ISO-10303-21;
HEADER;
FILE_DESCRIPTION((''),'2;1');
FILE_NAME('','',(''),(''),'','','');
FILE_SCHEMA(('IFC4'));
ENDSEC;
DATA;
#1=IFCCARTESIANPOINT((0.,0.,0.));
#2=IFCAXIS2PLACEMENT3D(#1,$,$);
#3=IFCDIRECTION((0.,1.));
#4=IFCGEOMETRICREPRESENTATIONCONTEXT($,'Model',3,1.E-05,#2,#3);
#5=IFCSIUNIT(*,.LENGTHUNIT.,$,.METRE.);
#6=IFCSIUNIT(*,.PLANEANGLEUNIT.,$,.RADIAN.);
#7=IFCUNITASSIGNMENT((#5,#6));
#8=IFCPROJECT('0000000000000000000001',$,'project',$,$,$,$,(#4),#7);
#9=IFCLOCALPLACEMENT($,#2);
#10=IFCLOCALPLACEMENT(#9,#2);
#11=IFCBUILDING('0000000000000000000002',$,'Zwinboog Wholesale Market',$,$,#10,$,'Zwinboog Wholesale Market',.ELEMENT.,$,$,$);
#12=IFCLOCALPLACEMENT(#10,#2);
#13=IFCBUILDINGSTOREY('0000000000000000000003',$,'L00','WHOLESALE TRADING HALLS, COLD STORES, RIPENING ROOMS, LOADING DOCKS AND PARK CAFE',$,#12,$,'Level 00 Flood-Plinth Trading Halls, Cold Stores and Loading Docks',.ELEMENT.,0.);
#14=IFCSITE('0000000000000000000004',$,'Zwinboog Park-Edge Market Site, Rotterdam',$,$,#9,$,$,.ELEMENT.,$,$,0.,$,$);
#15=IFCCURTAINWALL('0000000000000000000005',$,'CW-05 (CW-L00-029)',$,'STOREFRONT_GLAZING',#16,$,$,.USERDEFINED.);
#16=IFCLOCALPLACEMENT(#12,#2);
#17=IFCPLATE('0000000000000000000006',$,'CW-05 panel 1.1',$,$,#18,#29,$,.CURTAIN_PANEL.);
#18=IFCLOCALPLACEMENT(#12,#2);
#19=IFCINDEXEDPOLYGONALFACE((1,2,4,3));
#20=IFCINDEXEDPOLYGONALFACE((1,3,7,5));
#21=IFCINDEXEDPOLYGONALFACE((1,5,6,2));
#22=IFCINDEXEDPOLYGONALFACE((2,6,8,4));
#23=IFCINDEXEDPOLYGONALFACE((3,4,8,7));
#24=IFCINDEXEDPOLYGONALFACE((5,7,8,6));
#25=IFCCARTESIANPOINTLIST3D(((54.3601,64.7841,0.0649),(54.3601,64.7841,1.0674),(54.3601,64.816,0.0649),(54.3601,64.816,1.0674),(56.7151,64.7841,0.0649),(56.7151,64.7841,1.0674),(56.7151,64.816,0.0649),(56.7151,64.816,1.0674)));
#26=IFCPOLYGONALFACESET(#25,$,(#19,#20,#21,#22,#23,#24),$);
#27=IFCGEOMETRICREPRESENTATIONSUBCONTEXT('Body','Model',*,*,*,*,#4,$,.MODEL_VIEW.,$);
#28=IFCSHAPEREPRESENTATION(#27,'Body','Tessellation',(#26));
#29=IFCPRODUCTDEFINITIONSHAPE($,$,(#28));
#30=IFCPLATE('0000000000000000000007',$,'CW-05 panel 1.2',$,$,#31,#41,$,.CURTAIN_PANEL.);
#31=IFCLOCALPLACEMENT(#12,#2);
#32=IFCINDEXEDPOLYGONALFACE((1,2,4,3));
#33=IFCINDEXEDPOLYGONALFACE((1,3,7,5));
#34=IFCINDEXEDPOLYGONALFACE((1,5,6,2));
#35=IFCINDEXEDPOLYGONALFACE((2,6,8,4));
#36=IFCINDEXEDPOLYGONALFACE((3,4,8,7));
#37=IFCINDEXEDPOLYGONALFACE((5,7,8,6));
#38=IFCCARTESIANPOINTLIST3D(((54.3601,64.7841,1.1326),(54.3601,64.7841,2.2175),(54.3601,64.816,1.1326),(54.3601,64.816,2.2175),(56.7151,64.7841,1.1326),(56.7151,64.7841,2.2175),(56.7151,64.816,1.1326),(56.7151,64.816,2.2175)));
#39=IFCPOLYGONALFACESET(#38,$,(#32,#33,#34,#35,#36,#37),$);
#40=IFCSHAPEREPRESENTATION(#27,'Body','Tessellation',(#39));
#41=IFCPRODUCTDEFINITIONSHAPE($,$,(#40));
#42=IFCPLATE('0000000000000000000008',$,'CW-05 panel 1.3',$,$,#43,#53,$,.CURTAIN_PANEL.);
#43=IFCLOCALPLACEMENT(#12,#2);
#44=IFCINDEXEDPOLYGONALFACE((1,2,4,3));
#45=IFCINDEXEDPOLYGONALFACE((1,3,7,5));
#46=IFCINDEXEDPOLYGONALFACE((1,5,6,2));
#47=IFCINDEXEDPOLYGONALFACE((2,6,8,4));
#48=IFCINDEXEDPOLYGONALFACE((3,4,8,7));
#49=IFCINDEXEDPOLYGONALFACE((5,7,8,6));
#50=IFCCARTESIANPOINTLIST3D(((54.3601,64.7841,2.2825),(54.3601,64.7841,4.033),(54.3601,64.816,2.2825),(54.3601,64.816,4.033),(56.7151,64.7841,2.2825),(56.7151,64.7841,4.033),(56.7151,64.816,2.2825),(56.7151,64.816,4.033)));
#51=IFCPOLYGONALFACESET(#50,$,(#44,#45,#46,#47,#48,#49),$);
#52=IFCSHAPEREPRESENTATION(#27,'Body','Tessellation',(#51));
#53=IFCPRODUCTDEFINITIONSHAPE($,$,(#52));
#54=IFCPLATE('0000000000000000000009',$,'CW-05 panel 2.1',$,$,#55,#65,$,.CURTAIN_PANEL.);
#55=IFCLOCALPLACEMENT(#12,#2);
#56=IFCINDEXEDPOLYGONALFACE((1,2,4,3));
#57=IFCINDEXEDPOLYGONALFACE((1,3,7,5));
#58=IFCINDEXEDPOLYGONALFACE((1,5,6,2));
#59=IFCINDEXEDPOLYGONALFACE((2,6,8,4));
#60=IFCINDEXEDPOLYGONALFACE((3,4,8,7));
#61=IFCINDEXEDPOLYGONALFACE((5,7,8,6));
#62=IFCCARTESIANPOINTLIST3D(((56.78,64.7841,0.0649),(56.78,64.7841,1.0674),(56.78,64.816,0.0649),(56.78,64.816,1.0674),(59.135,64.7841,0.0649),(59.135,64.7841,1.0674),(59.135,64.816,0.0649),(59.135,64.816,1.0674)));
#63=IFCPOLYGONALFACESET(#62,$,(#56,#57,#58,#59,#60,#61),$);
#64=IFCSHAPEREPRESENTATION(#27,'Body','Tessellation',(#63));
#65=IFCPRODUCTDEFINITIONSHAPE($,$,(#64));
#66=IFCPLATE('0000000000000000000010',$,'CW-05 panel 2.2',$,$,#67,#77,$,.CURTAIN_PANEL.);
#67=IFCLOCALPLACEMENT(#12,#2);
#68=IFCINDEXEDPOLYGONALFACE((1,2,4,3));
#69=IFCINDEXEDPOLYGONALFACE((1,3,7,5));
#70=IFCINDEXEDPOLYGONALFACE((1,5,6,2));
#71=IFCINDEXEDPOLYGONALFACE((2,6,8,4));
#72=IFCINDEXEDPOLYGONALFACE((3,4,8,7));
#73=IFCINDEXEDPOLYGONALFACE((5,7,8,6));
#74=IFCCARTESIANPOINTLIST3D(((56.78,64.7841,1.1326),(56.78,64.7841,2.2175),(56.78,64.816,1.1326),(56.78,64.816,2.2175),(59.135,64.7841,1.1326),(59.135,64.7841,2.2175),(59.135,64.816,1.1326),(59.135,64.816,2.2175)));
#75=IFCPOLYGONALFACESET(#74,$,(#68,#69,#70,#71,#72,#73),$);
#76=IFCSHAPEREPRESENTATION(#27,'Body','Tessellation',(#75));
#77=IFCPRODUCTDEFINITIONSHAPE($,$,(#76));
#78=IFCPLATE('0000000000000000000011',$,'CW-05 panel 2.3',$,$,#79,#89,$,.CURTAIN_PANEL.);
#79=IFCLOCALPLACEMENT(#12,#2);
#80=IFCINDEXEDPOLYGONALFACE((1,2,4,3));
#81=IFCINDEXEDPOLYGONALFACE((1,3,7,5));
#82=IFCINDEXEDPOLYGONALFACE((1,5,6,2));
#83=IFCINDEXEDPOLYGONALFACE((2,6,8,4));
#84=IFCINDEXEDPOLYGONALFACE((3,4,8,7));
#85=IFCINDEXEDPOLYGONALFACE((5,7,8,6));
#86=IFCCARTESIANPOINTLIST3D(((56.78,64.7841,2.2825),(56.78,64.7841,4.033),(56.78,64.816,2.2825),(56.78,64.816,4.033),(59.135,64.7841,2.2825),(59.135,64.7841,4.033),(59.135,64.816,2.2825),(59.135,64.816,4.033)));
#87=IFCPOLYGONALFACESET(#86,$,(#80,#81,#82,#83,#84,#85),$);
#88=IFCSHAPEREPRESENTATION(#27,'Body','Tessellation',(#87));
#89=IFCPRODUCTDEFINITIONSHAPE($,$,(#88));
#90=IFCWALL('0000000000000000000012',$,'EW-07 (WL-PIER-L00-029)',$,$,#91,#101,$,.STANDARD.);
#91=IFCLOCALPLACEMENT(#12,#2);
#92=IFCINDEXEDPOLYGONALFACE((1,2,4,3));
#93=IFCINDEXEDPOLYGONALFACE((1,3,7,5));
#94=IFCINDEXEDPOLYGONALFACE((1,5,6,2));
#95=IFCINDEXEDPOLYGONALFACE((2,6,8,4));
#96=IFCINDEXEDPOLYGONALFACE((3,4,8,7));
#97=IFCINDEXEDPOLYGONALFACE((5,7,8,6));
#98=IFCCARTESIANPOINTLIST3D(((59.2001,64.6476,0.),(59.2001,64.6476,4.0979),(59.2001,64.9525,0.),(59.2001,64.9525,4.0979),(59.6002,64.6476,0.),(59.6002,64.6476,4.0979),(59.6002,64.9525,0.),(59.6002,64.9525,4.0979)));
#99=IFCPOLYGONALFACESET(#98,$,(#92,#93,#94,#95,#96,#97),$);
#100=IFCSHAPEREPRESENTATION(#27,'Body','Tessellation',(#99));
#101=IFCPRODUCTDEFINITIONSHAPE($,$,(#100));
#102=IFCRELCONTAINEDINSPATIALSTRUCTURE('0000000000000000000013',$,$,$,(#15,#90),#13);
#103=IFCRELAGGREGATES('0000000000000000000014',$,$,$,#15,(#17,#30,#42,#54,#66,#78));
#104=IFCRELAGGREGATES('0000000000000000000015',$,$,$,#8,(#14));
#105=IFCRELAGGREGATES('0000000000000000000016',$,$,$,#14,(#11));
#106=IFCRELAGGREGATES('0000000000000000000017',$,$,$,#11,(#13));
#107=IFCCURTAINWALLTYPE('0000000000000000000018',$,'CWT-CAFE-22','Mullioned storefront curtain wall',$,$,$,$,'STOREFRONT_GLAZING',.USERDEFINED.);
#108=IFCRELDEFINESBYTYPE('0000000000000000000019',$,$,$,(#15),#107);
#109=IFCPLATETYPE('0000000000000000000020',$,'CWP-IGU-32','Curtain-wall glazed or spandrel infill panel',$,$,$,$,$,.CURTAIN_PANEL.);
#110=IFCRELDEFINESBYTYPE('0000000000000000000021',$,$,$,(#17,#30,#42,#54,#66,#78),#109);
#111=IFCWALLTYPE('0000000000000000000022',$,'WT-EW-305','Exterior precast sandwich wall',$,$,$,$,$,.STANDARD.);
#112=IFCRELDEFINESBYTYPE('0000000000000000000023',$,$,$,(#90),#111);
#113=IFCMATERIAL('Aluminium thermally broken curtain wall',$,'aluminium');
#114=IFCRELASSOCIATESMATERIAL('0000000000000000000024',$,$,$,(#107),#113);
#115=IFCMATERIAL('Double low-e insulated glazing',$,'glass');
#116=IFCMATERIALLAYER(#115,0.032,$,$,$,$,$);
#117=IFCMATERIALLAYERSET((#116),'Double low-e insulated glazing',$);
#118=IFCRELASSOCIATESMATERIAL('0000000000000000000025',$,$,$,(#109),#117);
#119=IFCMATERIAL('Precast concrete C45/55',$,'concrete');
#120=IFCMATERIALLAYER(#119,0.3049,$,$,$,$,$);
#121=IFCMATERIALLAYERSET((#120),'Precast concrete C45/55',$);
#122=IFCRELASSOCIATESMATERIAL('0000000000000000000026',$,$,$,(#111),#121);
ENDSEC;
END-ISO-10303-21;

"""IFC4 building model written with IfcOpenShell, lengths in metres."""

from ifc_helpers import new_model, si_unit, direction, frame, frame_2d, origin, origin_2d, place, context, subcontext, project, spatial, rectangle, extrude, material, layer, layer_set, type_object, element, aggregate, save


model = new_model("IFC4")

# Units and contexts
model_context = context("Model", 3, precision=1e-05, world=origin(), true_north=direction((0.0, 1.0)))
body_context = subcontext(model_context, "Body", "Model", "MODEL_VIEW")
ifc_project = project(units=[si_unit("LENGTHUNIT", "METRE"), si_unit("PLANEANGLEUNIT", "RADIAN")], contexts=[model_context])

# Site, building, storey
site_placement = place(None, origin())
site = spatial("IfcSite", under=ifc_project, at=site_placement, Name="Zwinboog Park-Edge Market Site, Rotterdam", CompositionType="ELEMENT", RefElevation=0.0)
building_placement = place(site_placement, origin())
building = spatial("IfcBuilding", under=site, at=building_placement, Name="Zwinboog Wholesale Market", LongName="Zwinboog Wholesale Market", CompositionType="ELEMENT")
storey_placement = place(building_placement, origin())
storey = spatial("IfcBuildingStorey", under=building, at=storey_placement, Name="L00", Description="WHOLESALE TRADING HALLS, COLD STORES, RIPENING ROOMS, LOADING DOCKS AND PARK CAFE", LongName="Level 00 Flood-Plinth Trading Halls, Cold Stores and Loading Docks", CompositionType="ELEMENT", Elevation=0.0)

# Curtain wall
ifc_material_1 = material(Name="Aluminium thermally broken curtain wall", Category="aluminium")
curtain_wall_type_1 = type_object("IfcCurtainWallType", Name="CWT-CAFE-22", Description="Mullioned storefront curtain wall", ElementType="STOREFRONT_GLAZING", PredefinedType="USERDEFINED", material=ifc_material_1)
curtain_wall_1_placement = place(storey_placement, origin())
curtain_wall_1 = element("IfcCurtainWall", 1, at=curtain_wall_1_placement, inside=storey, type_object=curtain_wall_type_1, Name="CW-05 (CW-L00-029)", ObjectType="STOREFRONT_GLAZING", PredefinedType="USERDEFINED")

# Plates
ifc_material_2 = material(Name="Double low-e insulated glazing", Category="glass")
ifc_layer_1 = layer(ifc_material_2, 0.032)
ifc_layer_set_1 = layer_set([ifc_layer_1], Name="Double low-e insulated glazing")
plate_type = type_object("IfcPlateType", Name="CWP-IGU-32", Description="Curtain-wall glazed or spandrel infill panel", PredefinedType="CURTAIN_PANEL", material=ifc_layer_set_1)
plate_1_placement = place(storey_placement, frame((55.5376, 64.8, 0.0649), z_axis=(0.0, 0.0, 1.0), x_axis=(1.0, 0.0, 0.0)))
plate_1 = element("IfcPlate", 2, at=plate_1_placement, type_object=plate_type, Name="CW-05 panel 1.1", PredefinedType="CURTAIN_PANEL", context=body_context, shape_type="SweptSolid", body=[
    extrude(rectangle(XDim=2.355, YDim=0.032, at=origin_2d()), origin(), (0.0, 0.0, 1.0), 1.0024),
])
plate_2_placement = place(storey_placement, frame((55.5376, 64.8, 1.1326), z_axis=(0.0, 0.0, 1.0), x_axis=(1.0, 0.0, 0.0)))
plate_2 = element("IfcPlate", 3, at=plate_2_placement, type_object=plate_type, Name="CW-05 panel 1.2", PredefinedType="CURTAIN_PANEL", context=body_context, shape_type="SweptSolid", body=[
    extrude(rectangle(XDim=2.355, YDim=0.032, at=origin_2d()), origin(), (0.0, 0.0, 1.0), 1.085),
])
plate_3_placement = place(storey_placement, frame((55.5376, 64.8, 2.2825), z_axis=(0.0, 0.0, 1.0), x_axis=(1.0, 0.0, 0.0)))
plate_3 = element("IfcPlate", 4, at=plate_3_placement, type_object=plate_type, Name="CW-05 panel 1.3", PredefinedType="CURTAIN_PANEL", context=body_context, shape_type="SweptSolid", body=[
    extrude(rectangle(XDim=2.355, YDim=0.032, at=origin_2d()), origin(), (0.0, 0.0, 1.0), 1.7505),
])
plate_4_placement = place(storey_placement, frame((57.9575, 64.8, 0.0649), z_axis=(0.0, 0.0, 1.0), x_axis=(1.0, 0.0, 0.0)))
plate_4 = element("IfcPlate", 5, at=plate_4_placement, type_object=plate_type, Name="CW-05 panel 2.1", PredefinedType="CURTAIN_PANEL", context=body_context, shape_type="SweptSolid", body=[
    extrude(rectangle(XDim=2.355, YDim=0.032, at=origin_2d()), origin(), (0.0, 0.0, 1.0), 1.0024),
])
plate_5_placement = place(storey_placement, frame((57.9575, 64.8, 1.1326), z_axis=(0.0, 0.0, 1.0), x_axis=(1.0, 0.0, 0.0)))
plate_5 = element("IfcPlate", 6, at=plate_5_placement, type_object=plate_type, Name="CW-05 panel 2.2", PredefinedType="CURTAIN_PANEL", context=body_context, shape_type="SweptSolid", body=[
    extrude(rectangle(XDim=2.355, YDim=0.032, at=origin_2d()), origin(), (0.0, 0.0, 1.0), 1.085),
])
plate_6_placement = place(storey_placement, frame((57.9575, 64.8, 2.2825), z_axis=(0.0, 0.0, 1.0), x_axis=(1.0, 0.0, 0.0)))
plate_6 = element("IfcPlate", 7, at=plate_6_placement, type_object=plate_type, Name="CW-05 panel 2.3", PredefinedType="CURTAIN_PANEL", context=body_context, shape_type="SweptSolid", body=[
    extrude(rectangle(XDim=2.355, YDim=0.032, at=origin_2d()), origin(), (0.0, 0.0, 1.0), 1.7505),
])
aggregate(curtain_wall_1, [plate_1, plate_2, plate_3, plate_4, plate_5, plate_6])

# Wall
ifc_material_3 = material(Name="Precast concrete C45/55", Category="concrete")
ifc_layer_2 = layer(ifc_material_3, 0.3049)
ifc_layer_set_2 = layer_set([ifc_layer_2], Name="Precast concrete C45/55")
wall_type = type_object("IfcWallType", Name="WT-EW-305", Description="Exterior precast sandwich wall", PredefinedType="STANDARD", material=ifc_layer_set_2)
wall_placement = place(storey_placement, frame((59.2, 64.8, 0.0), z_axis=(0.0, 0.0, 1.0), x_axis=(1.0, 0.0, 0.0)))
element("IfcWall", 8, at=wall_placement, inside=storey, type_object=wall_type, Name="EW-07 (WL-PIER-L00-029)", PredefinedType="STANDARD", context=body_context, shape_type="SweptSolid", body=[
    extrude(rectangle(XDim=0.4001, YDim=0.3049, at=frame_2d((0.2002, 0.0))), origin(), (0.0, 0.0, 1.0), 4.0979),
])

save(model, "model.ifc")
